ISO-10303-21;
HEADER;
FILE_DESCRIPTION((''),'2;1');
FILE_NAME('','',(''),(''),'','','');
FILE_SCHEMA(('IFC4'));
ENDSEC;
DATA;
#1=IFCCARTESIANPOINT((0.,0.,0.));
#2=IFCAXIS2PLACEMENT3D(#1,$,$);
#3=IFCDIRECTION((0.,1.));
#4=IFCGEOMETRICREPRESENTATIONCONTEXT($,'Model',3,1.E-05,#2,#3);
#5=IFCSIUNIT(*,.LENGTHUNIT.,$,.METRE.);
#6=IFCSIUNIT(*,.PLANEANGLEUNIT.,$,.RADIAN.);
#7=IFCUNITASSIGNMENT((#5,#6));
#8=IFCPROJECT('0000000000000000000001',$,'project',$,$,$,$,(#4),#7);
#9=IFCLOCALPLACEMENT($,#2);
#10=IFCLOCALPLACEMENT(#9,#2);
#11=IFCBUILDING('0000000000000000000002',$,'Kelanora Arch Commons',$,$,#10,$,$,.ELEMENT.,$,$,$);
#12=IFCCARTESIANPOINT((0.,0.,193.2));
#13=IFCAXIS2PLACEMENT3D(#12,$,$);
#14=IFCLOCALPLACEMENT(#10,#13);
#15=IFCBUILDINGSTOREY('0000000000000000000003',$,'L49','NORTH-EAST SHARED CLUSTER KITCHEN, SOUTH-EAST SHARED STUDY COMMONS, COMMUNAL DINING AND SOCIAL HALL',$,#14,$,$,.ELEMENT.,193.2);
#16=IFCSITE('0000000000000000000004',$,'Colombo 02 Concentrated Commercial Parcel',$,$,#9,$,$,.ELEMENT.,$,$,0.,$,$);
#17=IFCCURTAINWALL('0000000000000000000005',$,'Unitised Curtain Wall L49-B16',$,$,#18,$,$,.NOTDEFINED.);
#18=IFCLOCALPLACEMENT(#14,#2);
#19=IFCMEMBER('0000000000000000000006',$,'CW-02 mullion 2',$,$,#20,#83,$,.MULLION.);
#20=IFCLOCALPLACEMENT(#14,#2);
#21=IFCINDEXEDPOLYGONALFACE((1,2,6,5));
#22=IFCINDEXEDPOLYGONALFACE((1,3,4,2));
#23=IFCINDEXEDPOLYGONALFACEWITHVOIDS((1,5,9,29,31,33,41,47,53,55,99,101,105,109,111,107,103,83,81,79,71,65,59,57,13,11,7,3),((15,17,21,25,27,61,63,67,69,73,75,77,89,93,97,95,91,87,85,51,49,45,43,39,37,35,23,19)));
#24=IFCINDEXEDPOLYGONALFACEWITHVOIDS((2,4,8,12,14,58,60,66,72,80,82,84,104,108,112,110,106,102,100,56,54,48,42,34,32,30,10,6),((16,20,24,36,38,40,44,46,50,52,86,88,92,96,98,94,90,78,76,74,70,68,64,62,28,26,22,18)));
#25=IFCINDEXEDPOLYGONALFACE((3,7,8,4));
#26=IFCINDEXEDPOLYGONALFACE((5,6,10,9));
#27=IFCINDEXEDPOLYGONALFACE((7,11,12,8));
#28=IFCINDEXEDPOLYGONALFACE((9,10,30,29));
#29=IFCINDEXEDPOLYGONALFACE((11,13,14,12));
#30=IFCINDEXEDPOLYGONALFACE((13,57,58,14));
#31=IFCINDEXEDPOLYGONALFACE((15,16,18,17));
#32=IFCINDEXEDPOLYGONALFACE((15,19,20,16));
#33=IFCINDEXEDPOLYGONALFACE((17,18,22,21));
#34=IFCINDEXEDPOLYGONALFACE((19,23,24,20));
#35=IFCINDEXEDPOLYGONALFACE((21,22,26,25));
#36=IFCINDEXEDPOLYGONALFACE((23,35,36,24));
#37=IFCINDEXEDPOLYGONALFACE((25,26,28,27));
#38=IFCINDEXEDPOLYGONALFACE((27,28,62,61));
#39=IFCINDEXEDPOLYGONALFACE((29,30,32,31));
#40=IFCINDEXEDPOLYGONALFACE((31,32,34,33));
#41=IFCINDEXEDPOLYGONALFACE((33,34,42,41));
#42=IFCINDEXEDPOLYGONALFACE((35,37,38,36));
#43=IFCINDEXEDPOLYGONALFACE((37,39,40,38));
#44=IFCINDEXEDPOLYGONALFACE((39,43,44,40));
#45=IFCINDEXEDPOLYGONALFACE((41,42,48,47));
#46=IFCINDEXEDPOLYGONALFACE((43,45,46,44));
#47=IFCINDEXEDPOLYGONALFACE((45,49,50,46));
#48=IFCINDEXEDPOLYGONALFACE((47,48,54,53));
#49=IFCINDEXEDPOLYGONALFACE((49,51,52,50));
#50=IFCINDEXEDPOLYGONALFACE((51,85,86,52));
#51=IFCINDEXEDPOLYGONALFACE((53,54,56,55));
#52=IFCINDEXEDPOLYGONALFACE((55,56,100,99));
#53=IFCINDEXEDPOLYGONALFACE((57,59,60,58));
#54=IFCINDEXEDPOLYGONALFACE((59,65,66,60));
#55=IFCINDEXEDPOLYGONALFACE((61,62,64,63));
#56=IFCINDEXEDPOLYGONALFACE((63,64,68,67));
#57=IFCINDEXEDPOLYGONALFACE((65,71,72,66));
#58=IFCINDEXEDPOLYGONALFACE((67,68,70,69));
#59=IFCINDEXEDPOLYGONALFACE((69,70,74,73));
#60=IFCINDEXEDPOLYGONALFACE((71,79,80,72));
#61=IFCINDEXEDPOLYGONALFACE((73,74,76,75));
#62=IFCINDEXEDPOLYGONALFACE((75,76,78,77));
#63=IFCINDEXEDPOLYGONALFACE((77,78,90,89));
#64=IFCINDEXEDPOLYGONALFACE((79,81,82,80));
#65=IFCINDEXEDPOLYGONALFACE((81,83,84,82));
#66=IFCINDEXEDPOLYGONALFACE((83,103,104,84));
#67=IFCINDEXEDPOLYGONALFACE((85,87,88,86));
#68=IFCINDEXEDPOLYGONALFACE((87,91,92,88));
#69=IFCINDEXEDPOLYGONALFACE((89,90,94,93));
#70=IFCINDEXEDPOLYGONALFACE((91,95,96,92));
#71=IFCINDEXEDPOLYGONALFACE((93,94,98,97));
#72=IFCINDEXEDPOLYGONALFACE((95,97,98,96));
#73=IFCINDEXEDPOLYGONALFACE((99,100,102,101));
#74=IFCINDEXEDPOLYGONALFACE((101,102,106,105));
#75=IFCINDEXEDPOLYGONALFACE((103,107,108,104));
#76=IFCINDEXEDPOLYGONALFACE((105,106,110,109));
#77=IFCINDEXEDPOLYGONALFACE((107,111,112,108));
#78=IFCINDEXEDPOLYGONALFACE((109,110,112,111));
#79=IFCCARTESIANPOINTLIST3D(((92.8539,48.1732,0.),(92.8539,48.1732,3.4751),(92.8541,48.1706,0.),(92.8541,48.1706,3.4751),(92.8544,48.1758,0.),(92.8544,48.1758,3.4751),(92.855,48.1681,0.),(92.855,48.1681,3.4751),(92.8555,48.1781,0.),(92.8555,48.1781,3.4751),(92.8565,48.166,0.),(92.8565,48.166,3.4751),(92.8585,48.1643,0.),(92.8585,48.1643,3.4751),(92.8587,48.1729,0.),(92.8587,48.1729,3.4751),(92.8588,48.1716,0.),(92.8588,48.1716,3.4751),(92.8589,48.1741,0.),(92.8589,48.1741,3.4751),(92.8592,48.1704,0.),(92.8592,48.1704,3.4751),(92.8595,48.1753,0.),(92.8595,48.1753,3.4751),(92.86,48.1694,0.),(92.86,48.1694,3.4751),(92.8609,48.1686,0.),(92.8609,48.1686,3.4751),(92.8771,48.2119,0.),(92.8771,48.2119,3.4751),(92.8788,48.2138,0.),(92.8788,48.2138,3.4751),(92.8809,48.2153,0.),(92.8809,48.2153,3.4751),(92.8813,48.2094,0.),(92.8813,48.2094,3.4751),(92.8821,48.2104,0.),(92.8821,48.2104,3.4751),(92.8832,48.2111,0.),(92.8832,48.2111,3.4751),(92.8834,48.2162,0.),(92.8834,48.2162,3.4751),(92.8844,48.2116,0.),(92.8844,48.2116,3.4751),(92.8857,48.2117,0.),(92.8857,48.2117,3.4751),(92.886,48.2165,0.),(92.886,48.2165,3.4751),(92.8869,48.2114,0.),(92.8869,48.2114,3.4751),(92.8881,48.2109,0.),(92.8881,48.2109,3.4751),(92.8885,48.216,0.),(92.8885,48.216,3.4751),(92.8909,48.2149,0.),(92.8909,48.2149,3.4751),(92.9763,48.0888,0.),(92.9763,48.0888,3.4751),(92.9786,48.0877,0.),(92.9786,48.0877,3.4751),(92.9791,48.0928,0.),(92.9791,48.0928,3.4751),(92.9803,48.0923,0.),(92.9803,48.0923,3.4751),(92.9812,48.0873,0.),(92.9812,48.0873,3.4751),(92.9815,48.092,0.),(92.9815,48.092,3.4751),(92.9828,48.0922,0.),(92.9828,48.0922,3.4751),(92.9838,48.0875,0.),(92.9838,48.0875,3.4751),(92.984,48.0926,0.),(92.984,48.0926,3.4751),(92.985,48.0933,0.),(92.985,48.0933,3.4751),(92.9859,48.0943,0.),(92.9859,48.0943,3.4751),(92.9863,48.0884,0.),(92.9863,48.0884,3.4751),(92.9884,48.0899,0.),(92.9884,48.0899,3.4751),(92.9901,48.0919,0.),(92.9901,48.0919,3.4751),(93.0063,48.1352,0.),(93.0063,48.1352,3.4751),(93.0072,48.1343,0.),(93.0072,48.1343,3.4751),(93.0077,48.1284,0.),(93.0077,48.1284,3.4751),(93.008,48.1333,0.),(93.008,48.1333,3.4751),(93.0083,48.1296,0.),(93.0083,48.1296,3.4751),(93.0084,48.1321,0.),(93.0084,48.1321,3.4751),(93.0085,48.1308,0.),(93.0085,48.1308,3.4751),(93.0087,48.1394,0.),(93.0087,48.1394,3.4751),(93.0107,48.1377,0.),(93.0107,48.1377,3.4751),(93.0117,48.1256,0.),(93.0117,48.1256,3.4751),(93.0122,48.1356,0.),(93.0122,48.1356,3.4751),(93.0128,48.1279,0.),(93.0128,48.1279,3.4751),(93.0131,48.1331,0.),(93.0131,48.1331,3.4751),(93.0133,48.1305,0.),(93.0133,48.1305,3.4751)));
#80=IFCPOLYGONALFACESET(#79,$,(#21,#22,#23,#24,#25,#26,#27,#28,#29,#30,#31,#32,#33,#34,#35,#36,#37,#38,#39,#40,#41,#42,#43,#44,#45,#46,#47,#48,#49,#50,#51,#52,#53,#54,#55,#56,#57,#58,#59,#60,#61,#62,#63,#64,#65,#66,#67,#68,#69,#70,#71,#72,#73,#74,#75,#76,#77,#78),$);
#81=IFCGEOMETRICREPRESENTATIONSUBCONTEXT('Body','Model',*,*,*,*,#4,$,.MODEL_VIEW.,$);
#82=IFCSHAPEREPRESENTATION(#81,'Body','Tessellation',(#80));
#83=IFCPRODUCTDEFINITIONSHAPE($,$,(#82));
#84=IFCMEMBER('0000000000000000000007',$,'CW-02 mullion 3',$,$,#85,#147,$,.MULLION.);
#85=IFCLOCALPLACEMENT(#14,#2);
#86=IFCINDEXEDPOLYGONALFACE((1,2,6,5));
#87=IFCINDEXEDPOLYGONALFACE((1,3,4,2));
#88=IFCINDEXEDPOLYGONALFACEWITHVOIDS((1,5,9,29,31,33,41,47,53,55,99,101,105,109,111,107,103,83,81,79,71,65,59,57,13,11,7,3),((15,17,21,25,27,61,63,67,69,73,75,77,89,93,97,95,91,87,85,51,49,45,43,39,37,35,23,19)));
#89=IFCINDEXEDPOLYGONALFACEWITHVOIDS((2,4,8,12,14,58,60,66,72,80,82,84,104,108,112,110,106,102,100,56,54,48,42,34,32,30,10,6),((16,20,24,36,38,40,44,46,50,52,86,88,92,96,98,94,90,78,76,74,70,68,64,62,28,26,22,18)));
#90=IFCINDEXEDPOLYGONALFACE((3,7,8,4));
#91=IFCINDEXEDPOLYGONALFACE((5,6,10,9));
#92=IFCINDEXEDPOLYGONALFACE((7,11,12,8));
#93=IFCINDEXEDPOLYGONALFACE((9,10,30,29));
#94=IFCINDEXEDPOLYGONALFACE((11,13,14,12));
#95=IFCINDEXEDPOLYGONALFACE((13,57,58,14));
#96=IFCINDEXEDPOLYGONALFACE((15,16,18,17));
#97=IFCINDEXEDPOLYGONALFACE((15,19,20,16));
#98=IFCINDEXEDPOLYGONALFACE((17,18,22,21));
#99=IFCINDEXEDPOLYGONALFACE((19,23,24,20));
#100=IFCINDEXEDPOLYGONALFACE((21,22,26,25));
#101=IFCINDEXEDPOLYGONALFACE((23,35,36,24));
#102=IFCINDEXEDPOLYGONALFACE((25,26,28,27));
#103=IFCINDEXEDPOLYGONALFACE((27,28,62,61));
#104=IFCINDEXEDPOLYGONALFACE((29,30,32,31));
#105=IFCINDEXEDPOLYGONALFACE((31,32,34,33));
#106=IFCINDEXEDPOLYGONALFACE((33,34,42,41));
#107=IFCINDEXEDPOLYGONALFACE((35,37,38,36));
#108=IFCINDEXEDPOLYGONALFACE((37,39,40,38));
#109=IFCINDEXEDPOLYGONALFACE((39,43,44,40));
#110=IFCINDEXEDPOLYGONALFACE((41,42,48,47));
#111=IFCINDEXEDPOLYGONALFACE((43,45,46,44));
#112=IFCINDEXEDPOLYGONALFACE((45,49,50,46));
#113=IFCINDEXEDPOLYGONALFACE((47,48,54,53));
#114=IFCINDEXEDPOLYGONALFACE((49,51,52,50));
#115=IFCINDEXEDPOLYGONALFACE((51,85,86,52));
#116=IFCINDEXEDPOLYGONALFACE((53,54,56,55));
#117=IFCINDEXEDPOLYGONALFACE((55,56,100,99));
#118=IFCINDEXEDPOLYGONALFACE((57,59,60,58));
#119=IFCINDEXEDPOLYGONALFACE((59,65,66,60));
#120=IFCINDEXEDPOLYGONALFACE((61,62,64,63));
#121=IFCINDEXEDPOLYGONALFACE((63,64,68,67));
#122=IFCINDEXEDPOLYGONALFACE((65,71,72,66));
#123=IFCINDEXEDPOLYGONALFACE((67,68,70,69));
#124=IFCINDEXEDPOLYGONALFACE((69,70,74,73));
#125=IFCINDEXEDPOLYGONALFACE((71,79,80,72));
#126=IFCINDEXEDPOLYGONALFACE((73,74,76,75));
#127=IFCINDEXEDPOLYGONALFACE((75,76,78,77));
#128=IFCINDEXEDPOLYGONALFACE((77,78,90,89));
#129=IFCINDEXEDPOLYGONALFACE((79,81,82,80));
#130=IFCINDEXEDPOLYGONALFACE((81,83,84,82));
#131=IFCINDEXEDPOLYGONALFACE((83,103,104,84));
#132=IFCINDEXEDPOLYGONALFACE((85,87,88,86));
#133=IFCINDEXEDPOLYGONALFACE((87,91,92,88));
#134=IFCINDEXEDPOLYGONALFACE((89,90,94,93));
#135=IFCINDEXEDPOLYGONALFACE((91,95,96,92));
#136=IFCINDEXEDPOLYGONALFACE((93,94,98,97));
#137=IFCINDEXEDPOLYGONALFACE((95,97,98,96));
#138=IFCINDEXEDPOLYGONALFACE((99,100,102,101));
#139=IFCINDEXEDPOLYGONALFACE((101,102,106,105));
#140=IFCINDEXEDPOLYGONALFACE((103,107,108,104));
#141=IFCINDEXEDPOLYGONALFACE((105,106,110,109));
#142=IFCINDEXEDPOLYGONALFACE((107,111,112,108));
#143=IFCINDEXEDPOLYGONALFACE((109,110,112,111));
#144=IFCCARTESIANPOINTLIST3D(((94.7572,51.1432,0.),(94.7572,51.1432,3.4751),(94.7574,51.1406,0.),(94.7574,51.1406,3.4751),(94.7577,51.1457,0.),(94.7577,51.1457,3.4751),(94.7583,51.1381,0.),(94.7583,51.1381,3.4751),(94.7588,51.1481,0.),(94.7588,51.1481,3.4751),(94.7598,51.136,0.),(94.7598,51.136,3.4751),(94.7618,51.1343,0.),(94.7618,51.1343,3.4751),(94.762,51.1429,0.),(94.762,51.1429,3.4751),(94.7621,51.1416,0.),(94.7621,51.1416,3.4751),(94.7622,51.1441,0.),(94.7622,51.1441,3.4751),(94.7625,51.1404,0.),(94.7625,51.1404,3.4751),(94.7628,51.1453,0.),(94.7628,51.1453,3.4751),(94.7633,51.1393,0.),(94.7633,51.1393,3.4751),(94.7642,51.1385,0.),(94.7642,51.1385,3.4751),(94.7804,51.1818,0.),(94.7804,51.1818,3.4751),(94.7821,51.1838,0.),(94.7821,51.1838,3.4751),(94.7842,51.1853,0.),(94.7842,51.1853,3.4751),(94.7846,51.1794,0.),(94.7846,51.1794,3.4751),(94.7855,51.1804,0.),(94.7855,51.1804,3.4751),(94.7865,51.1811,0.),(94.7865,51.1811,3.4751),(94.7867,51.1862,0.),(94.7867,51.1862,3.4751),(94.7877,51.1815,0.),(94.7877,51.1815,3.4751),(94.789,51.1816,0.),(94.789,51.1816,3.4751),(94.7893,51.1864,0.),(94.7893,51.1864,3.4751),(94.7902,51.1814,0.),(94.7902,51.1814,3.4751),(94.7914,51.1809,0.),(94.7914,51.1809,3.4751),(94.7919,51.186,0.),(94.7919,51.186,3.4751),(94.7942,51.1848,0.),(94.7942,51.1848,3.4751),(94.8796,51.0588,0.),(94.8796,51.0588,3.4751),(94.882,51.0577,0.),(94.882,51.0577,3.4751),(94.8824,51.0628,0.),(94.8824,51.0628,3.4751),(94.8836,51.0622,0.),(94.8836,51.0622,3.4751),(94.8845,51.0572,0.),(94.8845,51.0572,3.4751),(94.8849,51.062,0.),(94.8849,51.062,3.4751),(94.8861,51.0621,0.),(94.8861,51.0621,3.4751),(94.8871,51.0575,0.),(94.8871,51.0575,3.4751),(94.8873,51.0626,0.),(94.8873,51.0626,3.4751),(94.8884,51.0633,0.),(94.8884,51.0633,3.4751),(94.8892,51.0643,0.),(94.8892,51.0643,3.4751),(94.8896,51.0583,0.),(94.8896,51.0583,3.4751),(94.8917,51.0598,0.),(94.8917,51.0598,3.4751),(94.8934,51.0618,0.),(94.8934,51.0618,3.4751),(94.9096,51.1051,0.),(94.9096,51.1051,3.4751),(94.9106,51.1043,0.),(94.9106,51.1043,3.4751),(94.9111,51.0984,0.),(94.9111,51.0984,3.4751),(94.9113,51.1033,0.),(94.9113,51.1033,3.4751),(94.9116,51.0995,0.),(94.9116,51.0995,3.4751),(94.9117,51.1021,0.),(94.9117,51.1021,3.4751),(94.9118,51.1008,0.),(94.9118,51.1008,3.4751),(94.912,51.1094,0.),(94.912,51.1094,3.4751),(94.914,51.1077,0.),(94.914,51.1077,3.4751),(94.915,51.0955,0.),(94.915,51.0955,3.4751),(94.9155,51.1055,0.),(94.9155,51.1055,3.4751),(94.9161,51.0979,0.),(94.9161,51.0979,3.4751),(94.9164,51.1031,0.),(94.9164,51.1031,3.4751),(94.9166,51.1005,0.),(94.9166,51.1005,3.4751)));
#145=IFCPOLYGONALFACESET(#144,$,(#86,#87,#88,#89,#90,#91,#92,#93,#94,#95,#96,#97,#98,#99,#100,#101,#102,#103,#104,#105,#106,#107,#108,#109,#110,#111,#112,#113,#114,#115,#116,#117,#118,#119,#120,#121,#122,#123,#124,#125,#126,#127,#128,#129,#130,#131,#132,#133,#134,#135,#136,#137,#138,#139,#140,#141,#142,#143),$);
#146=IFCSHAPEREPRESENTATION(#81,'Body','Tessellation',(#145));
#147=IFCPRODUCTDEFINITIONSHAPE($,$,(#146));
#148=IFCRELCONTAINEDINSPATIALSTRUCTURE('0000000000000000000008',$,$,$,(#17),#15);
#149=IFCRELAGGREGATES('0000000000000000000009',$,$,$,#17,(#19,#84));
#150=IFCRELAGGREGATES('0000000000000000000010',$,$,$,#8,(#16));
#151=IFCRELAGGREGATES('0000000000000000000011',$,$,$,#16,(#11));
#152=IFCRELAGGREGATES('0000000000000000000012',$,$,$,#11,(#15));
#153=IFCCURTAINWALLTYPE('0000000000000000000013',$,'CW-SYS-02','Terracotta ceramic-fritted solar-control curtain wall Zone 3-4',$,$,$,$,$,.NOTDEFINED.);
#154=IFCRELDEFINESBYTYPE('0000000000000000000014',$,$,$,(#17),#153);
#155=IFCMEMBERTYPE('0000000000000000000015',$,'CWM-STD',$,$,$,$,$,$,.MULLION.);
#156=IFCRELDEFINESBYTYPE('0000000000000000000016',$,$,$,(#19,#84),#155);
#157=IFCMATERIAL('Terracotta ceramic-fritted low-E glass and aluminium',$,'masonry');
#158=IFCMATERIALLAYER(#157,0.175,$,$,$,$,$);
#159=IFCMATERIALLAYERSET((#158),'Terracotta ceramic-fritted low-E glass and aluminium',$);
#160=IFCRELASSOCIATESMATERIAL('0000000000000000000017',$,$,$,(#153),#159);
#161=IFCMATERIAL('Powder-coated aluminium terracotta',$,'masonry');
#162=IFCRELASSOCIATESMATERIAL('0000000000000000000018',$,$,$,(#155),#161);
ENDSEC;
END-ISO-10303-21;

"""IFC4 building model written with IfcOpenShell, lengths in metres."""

from ifc_helpers import new_model, si_unit, direction, frame, origin, origin_2d, place, context, subcontext, project, spatial, hollow_rectangle, extrude, material, layer, layer_set, material_profile, profile_set, type_object, element, aggregate, save


model = new_model("IFC4")

# Units and contexts
model_context = context("Model", 3, precision=1e-05, world=origin(), true_north=direction((0.0, 1.0)))
body_context = subcontext(model_context, "Body", "Model", "MODEL_VIEW")
ifc_project = project(units=[si_unit("LENGTHUNIT", "METRE"), si_unit("PLANEANGLEUNIT", "RADIAN")], contexts=[model_context])

# Site, building, storey
site_placement = place(None, origin())
site = spatial("IfcSite", under=ifc_project, at=site_placement, Name="Colombo 02 Concentrated Commercial Parcel", CompositionType="ELEMENT", RefElevation=0.0)
building_placement = place(site_placement, origin())
building = spatial("IfcBuilding", under=site, at=building_placement, Name="Kelanora Arch Commons", CompositionType="ELEMENT")
storey_placement = place(building_placement, frame((0.0, 0.0, 193.2)))
storey = spatial("IfcBuildingStorey", under=building, at=storey_placement, Name="L49", Description="NORTH-EAST SHARED CLUSTER KITCHEN, SOUTH-EAST SHARED STUDY COMMONS, COMMUNAL DINING AND SOCIAL HALL", CompositionType="ELEMENT", Elevation=193.2)

# Curtain wall, members
ifc_material_1 = material(Name="Terracotta ceramic-fritted low-E glass and aluminium", Category="masonry")
ifc_layer_1 = layer(ifc_material_1, 0.175)
ifc_layer_set_1 = layer_set([ifc_layer_1], Name="Terracotta ceramic-fritted low-E glass and aluminium")
curtain_wall_type = type_object("IfcCurtainWallType", Name="CW-SYS-02", Description="Terracotta ceramic-fritted solar-control curtain wall Zone 3-4", PredefinedType="NOTDEFINED", material=ifc_layer_set_1)
curtain_wall_placement = place(storey_placement, origin())
curtain_wall = element("IfcCurtainWall", 1, at=curtain_wall_placement, inside=storey, type_object=curtain_wall_type, Name="Unitised Curtain Wall L49-B16", PredefinedType="NOTDEFINED")
ifc_material_2 = material(Name="Powder-coated aluminium terracotta", Category="masonry")
ifc_material_profile_1 = material_profile(ifc_material_2, hollow_rectangle(XDim=0.1599, YDim=0.0601, WallThickness=0.0049, InnerFilletRadius=0.0049, OuterFilletRadius=0.01, at=origin_2d()), Name="CWM160x60")
ifc_profile_set_1 = profile_set([ifc_material_profile_1], Name="Powder-coated aluminium terracotta")
member_type_1 = type_object("IfcMemberType", Name="CWM-STD", PredefinedType="MULLION", material=ifc_profile_set_1)
member_1_placement = place(storey_placement, frame((92.9336, 48.1519, 0.0), z_axis=(0.0, 0.0, 1.0), x_axis=(-0.841948, 0.539559, 0.0)))
member_1 = element("IfcMember", 2, at=member_1_placement, type_object=member_type_1, Name="CW-02 mullion 2", PredefinedType="MULLION", context=body_context, shape_type="SweptSolid", body=[
    extrude(hollow_rectangle(XDim=0.1599, YDim=0.0601, WallThickness=0.0049, InnerFilletRadius=0.0049, OuterFilletRadius=0.01, at=origin_2d()), origin(), (0.0, 0.0, 1.0), 3.4751),
])
member_2_placement = place(storey_placement, frame((94.8369, 51.1218, 0.0), z_axis=(0.0, 0.0, 1.0), x_axis=(-0.841948, 0.539559, 0.0)))
member_2 = element("IfcMember", 3, at=member_2_placement, type_object=member_type_1, Name="CW-02 mullion 3", PredefinedType="MULLION", context=body_context, shape_type="SweptSolid", body=[
    extrude(hollow_rectangle(XDim=0.1599, YDim=0.0601, WallThickness=0.0049, InnerFilletRadius=0.0049, OuterFilletRadius=0.01, at=origin_2d()), origin(), (0.0, 0.0, 1.0), 3.4751),
])
aggregate(curtain_wall, [member_1, member_2])

save(model, "model.ifc")
